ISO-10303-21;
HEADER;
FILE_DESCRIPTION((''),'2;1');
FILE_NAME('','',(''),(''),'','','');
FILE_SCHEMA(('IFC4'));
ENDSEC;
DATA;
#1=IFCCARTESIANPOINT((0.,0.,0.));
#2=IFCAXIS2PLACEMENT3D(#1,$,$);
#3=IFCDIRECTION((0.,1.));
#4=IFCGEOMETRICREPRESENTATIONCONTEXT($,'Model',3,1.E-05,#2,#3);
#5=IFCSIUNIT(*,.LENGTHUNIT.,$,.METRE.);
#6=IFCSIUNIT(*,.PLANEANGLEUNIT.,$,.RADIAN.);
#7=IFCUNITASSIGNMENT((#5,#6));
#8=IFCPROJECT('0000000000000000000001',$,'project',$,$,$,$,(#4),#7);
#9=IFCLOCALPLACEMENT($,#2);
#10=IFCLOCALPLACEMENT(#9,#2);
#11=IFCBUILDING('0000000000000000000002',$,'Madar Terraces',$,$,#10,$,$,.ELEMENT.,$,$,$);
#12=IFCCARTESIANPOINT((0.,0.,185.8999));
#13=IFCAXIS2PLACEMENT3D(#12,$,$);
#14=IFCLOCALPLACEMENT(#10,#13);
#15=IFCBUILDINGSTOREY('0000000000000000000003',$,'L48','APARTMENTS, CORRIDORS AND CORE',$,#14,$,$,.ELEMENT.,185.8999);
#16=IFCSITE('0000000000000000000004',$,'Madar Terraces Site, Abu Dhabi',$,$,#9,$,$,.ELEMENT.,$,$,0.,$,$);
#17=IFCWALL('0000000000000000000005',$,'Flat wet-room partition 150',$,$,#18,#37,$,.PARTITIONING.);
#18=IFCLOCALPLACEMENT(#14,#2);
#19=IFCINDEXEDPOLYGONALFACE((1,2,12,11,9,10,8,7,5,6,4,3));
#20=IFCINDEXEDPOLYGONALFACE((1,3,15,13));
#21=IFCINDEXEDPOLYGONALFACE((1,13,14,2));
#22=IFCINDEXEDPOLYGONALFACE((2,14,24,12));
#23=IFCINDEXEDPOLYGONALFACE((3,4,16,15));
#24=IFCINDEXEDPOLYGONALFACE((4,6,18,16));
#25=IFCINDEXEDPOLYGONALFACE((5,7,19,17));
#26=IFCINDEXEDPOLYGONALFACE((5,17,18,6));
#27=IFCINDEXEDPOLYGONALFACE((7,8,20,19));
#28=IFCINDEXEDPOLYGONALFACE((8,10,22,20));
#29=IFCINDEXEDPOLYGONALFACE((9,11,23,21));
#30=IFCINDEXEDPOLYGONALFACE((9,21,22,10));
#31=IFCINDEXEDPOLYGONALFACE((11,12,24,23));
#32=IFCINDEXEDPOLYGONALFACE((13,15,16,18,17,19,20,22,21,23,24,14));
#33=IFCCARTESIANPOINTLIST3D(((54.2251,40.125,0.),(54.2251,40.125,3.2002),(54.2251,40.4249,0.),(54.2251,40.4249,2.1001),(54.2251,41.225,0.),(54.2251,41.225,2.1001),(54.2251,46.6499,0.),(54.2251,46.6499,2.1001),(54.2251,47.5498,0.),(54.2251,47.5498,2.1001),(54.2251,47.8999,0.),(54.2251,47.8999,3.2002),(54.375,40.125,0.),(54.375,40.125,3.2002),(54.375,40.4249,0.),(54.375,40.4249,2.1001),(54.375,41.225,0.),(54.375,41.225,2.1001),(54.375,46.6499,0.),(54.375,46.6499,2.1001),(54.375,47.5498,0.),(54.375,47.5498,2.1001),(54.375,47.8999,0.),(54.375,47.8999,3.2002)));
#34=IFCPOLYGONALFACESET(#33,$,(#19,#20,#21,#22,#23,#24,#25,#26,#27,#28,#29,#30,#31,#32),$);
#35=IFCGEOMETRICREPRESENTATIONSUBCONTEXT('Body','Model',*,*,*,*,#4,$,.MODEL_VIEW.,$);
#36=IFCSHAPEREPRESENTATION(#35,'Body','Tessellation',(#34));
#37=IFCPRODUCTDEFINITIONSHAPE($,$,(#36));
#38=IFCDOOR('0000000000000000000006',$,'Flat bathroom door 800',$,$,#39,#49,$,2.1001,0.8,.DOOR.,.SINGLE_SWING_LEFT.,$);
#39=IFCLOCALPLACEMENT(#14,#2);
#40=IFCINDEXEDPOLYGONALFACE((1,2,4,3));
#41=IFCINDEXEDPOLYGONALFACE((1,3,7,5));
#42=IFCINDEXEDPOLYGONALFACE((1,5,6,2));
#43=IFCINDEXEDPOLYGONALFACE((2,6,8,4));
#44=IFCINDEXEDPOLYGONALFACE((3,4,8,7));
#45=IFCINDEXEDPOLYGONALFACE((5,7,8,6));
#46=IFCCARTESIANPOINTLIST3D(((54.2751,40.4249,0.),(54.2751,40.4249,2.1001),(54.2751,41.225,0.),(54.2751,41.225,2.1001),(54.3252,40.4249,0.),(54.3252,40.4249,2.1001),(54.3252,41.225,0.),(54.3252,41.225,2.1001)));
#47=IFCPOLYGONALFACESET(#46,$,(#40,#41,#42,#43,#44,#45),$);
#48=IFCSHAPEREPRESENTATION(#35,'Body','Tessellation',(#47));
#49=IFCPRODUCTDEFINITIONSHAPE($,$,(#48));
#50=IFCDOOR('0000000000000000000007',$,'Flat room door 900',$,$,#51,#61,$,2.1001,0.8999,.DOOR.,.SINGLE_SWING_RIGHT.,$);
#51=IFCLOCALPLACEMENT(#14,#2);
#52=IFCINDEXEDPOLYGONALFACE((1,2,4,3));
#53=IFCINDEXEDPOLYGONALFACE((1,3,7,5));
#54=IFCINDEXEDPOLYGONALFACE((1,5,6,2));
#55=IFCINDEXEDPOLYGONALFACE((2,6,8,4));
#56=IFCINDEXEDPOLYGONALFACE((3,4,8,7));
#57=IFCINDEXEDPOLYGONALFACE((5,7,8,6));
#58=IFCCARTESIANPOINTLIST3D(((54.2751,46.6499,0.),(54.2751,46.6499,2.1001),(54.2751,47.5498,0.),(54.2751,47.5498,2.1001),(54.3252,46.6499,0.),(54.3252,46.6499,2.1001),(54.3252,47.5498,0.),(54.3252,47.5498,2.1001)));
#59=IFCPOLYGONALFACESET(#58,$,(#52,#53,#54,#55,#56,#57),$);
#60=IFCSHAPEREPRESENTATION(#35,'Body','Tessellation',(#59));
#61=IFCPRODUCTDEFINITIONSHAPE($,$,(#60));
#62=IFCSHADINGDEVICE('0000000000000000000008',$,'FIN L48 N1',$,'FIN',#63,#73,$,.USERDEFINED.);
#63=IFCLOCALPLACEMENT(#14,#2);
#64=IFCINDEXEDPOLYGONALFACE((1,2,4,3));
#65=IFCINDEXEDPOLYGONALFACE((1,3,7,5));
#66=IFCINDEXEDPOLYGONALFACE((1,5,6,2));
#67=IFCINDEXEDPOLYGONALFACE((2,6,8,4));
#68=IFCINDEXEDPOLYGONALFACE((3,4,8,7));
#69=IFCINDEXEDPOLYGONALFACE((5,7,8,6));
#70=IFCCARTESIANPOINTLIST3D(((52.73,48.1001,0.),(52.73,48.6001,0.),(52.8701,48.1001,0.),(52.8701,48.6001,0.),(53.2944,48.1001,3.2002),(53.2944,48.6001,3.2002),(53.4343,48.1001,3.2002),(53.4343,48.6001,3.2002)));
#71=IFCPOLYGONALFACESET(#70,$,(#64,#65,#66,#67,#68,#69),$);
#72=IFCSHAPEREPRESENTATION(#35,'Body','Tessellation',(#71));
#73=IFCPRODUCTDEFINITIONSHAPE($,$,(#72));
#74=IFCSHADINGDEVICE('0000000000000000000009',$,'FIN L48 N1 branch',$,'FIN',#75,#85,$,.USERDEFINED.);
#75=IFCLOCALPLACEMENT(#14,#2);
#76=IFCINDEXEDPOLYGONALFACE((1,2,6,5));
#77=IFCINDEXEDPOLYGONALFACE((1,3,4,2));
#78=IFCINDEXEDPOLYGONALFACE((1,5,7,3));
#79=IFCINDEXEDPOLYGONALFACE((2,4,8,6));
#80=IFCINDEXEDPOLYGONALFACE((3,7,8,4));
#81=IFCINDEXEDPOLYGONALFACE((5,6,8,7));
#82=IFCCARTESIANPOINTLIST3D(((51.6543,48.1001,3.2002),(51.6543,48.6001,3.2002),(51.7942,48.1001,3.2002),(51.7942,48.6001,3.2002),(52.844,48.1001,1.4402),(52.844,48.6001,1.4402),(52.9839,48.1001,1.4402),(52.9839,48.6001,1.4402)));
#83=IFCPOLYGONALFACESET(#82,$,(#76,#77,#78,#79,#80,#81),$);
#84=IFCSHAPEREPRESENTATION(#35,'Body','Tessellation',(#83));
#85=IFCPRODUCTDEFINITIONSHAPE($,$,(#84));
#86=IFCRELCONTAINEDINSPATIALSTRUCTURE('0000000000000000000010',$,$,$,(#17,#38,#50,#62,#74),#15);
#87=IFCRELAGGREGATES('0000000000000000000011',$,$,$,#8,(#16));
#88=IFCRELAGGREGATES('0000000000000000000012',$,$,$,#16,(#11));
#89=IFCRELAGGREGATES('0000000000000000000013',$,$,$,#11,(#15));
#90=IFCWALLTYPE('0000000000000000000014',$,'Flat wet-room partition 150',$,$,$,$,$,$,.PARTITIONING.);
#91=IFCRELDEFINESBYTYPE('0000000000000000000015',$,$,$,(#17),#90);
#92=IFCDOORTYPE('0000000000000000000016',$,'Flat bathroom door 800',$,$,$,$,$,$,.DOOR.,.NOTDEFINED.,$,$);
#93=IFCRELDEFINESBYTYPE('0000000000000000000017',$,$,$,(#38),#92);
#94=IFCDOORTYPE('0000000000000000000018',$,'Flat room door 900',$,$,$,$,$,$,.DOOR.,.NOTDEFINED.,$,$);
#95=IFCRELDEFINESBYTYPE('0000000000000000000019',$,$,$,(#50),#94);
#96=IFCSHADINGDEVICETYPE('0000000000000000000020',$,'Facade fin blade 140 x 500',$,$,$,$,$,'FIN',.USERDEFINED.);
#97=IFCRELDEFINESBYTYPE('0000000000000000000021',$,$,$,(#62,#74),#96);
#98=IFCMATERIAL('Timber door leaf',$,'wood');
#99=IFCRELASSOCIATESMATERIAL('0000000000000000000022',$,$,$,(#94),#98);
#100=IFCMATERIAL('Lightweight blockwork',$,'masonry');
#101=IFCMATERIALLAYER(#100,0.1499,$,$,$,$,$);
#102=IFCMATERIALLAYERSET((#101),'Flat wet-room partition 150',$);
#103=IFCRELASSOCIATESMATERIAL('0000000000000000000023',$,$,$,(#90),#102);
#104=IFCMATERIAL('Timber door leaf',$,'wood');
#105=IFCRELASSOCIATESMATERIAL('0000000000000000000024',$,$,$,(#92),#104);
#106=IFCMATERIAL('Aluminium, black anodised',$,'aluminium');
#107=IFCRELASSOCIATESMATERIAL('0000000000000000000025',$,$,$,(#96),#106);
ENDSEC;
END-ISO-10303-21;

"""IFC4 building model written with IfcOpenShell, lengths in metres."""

from ifc_helpers import new_model, si_unit, direction, frame, frame_2d, origin, place, context, subcontext, project, spatial, polyline, rectangle, outline, extrude, material, layer, layer_set, type_object, element, fill, save


model = new_model("IFC4")

# Units and contexts
model_context = context("Model", 3, precision=1e-05, world=origin(), true_north=direction((0.0, 1.0)))
body_context = subcontext(model_context, "Body", "Model", "MODEL_VIEW")
ifc_project = project(units=[si_unit("LENGTHUNIT", "METRE"), si_unit("PLANEANGLEUNIT", "RADIAN")], contexts=[model_context])

# Site, building, storey
site_placement = place(None, origin())
site = spatial("IfcSite", under=ifc_project, at=site_placement, Name="Madar Terraces Site, Abu Dhabi", CompositionType="ELEMENT", RefElevation=0.0)
building_placement = place(site_placement, origin())
building = spatial("IfcBuilding", under=site, at=building_placement, Name="Madar Terraces", CompositionType="ELEMENT")
storey_placement = place(building_placement, frame((0.0, 0.0, 185.8999)))
storey = spatial("IfcBuildingStorey", under=building, at=storey_placement, Name="L48", Description="APARTMENTS, CORRIDORS AND CORE", CompositionType="ELEMENT", Elevation=185.8999)

# Shared definitions
ifc_material_1 = material(Name="Timber door leaf", Category="wood")
door_type_1 = type_object("IfcDoorType", Name="Flat room door 900", OperationType="NOTDEFINED", PredefinedType="DOOR", material=ifc_material_1)

# Shared definitions
ifc_material_2 = material(Name="Lightweight blockwork", Category="masonry")
ifc_layer_1 = layer(ifc_material_2, 0.1499)
ifc_layer_set_1 = layer_set([ifc_layer_1], Name="Flat wet-room partition 150")
wall_type_1 = type_object("IfcWallType", Name="Flat wet-room partition 150", PredefinedType="PARTITIONING", material=ifc_layer_set_1)

# Wall, openings, doors
wall_1_placement = place(storey_placement, frame((54.3, 40.125, 0.0), z_axis=(0.0, 0.0, 1.0), x_axis=(0.0, 1.0, 0.0)))
wall_1 = element("IfcWall", 1, at=wall_1_placement, inside=storey, type_object=wall_type_1, Name="Flat wet-room partition 150", PredefinedType="PARTITIONING", context=body_context, shape_type="SweptSolid", body=[
    extrude(rectangle(XDim=7.7749, YDim=0.1499, at=frame_2d((3.8875, 0.0))), origin(), (0.0, 0.0, 1.0), 3.2002),
])
opening_1_placement = place(wall_1_placement, frame((0.3, 0.0, 0.0)))
opening_1 = element("IfcOpeningElement", 2, at=opening_1_placement, cuts=wall_1, PredefinedType="OPENING", context=body_context, shape_type="SweptSolid", body=[
    extrude(rectangle(XDim=0.8, YDim=2.1001, at=frame_2d((0.3999, 1.05))), frame((0.0, 0.085, 0.0), z_axis=(0.0, -1.0, 0.0), x_axis=(1.0, 0.0, 0.0)), (0.0, 0.0, 1.0), 0.1699),
])
opening_2_placement = place(wall_1_placement, frame((6.5249, 0.0, 0.0)))
opening_2 = element("IfcOpeningElement", 3, at=opening_2_placement, cuts=wall_1, PredefinedType="OPENING", context=body_context, shape_type="SweptSolid", body=[
    extrude(rectangle(XDim=0.8999, YDim=2.1001, at=frame_2d((0.45, 1.05))), frame((0.0, 0.085, 0.0), z_axis=(0.0, -1.0, 0.0), x_axis=(1.0, 0.0, 0.0)), (0.0, 0.0, 1.0), 0.1699),
])
ifc_material_3 = material(Name="Timber door leaf", Category="wood")
door_type_2 = type_object("IfcDoorType", Name="Flat bathroom door 800", OperationType="NOTDEFINED", PredefinedType="DOOR", material=ifc_material_3)
door_1_placement = place(opening_1_placement, origin())
door_1 = element("IfcDoor", 4, at=door_1_placement, inside=storey, type_object=door_type_2, Name="Flat bathroom door 800", OperationType="SINGLE_SWING_LEFT", OverallHeight=2.1001, OverallWidth=0.8, PredefinedType="DOOR", context=body_context, shape_type="SweptSolid", body=[
    extrude(rectangle(XDim=0.8, YDim=2.1001, at=frame_2d((0.3999, 1.05))), frame((0.0, 0.0249, 0.0), z_axis=(0.0, -1.0, 0.0), x_axis=(1.0, 0.0, 0.0)), (0.0, 0.0, 1.0), 0.05),
])
fill(opening_1, door_1)
door_2_placement = place(opening_2_placement, origin())
door_2 = element("IfcDoor", 5, at=door_2_placement, inside=storey, type_object=door_type_1, Name="Flat room door 900", OperationType="SINGLE_SWING_RIGHT", OverallHeight=2.1001, OverallWidth=0.8999, PredefinedType="DOOR", context=body_context, shape_type="SweptSolid", body=[
    extrude(rectangle(XDim=0.8999, YDim=2.1001, at=frame_2d((0.45, 1.05))), frame((0.0, 0.0249, 0.0), z_axis=(0.0, -1.0, 0.0), x_axis=(1.0, 0.0, 0.0)), (0.0, 0.0, 1.0), 0.05),
])
fill(opening_2, door_2)

# Shading devices
ifc_material_4 = material(Name="Aluminium, black anodised", Category="aluminium")
shading_device_type = type_object("IfcShadingDeviceType", Name="Facade fin blade 140 x 500", ElementType="FIN", PredefinedType="USERDEFINED", material=ifc_material_4)
shading_device_1_placement = place(storey_placement, frame((52.8701, 48.3501, 0.0), z_axis=(0.0, 0.0, 1.0), x_axis=(-1.0, 0.0, 0.0)))
element("IfcShadingDevice", 6, at=shading_device_1_placement, inside=storey, type_object=shading_device_type, Name="FIN L48 N1", ObjectType="FIN", PredefinedType="USERDEFINED", context=body_context, shape_type="SweptSolid", body=[
    extrude(outline(polyline([(0.0, 0.0), (0.1401, 0.0), (-0.4243, 3.2002), (-0.5642, 3.2002), (0.0, 0.0)])), frame((0.0, 0.25, 0.0), z_axis=(0.0, -1.0, 0.0), x_axis=(1.0, 0.0, 0.0)), (0.0, 0.0, 1.0), 0.5),
])
shading_device_2_placement = place(storey_placement, frame((52.9839, 48.3501, 1.4402), z_axis=(0.0, 0.0, 1.0), x_axis=(-1.0, 0.0, 0.0)))
element("IfcShadingDevice", 7, at=shading_device_2_placement, inside=storey, type_object=shading_device_type, Name="FIN L48 N1 branch", ObjectType="FIN", PredefinedType="USERDEFINED", context=body_context, shape_type="SweptSolid", body=[
    extrude(outline(polyline([(0.0, 0.0), (0.1399, 0.0), (1.3296, 1.76), (1.1897, 1.76), (0.0, 0.0)])), frame((0.0, 0.25, 0.0), z_axis=(0.0, -1.0, 0.0), x_axis=(1.0, 0.0, 0.0)), (0.0, 0.0, 1.0), 0.5),
])

save(model, "model.ifc")
